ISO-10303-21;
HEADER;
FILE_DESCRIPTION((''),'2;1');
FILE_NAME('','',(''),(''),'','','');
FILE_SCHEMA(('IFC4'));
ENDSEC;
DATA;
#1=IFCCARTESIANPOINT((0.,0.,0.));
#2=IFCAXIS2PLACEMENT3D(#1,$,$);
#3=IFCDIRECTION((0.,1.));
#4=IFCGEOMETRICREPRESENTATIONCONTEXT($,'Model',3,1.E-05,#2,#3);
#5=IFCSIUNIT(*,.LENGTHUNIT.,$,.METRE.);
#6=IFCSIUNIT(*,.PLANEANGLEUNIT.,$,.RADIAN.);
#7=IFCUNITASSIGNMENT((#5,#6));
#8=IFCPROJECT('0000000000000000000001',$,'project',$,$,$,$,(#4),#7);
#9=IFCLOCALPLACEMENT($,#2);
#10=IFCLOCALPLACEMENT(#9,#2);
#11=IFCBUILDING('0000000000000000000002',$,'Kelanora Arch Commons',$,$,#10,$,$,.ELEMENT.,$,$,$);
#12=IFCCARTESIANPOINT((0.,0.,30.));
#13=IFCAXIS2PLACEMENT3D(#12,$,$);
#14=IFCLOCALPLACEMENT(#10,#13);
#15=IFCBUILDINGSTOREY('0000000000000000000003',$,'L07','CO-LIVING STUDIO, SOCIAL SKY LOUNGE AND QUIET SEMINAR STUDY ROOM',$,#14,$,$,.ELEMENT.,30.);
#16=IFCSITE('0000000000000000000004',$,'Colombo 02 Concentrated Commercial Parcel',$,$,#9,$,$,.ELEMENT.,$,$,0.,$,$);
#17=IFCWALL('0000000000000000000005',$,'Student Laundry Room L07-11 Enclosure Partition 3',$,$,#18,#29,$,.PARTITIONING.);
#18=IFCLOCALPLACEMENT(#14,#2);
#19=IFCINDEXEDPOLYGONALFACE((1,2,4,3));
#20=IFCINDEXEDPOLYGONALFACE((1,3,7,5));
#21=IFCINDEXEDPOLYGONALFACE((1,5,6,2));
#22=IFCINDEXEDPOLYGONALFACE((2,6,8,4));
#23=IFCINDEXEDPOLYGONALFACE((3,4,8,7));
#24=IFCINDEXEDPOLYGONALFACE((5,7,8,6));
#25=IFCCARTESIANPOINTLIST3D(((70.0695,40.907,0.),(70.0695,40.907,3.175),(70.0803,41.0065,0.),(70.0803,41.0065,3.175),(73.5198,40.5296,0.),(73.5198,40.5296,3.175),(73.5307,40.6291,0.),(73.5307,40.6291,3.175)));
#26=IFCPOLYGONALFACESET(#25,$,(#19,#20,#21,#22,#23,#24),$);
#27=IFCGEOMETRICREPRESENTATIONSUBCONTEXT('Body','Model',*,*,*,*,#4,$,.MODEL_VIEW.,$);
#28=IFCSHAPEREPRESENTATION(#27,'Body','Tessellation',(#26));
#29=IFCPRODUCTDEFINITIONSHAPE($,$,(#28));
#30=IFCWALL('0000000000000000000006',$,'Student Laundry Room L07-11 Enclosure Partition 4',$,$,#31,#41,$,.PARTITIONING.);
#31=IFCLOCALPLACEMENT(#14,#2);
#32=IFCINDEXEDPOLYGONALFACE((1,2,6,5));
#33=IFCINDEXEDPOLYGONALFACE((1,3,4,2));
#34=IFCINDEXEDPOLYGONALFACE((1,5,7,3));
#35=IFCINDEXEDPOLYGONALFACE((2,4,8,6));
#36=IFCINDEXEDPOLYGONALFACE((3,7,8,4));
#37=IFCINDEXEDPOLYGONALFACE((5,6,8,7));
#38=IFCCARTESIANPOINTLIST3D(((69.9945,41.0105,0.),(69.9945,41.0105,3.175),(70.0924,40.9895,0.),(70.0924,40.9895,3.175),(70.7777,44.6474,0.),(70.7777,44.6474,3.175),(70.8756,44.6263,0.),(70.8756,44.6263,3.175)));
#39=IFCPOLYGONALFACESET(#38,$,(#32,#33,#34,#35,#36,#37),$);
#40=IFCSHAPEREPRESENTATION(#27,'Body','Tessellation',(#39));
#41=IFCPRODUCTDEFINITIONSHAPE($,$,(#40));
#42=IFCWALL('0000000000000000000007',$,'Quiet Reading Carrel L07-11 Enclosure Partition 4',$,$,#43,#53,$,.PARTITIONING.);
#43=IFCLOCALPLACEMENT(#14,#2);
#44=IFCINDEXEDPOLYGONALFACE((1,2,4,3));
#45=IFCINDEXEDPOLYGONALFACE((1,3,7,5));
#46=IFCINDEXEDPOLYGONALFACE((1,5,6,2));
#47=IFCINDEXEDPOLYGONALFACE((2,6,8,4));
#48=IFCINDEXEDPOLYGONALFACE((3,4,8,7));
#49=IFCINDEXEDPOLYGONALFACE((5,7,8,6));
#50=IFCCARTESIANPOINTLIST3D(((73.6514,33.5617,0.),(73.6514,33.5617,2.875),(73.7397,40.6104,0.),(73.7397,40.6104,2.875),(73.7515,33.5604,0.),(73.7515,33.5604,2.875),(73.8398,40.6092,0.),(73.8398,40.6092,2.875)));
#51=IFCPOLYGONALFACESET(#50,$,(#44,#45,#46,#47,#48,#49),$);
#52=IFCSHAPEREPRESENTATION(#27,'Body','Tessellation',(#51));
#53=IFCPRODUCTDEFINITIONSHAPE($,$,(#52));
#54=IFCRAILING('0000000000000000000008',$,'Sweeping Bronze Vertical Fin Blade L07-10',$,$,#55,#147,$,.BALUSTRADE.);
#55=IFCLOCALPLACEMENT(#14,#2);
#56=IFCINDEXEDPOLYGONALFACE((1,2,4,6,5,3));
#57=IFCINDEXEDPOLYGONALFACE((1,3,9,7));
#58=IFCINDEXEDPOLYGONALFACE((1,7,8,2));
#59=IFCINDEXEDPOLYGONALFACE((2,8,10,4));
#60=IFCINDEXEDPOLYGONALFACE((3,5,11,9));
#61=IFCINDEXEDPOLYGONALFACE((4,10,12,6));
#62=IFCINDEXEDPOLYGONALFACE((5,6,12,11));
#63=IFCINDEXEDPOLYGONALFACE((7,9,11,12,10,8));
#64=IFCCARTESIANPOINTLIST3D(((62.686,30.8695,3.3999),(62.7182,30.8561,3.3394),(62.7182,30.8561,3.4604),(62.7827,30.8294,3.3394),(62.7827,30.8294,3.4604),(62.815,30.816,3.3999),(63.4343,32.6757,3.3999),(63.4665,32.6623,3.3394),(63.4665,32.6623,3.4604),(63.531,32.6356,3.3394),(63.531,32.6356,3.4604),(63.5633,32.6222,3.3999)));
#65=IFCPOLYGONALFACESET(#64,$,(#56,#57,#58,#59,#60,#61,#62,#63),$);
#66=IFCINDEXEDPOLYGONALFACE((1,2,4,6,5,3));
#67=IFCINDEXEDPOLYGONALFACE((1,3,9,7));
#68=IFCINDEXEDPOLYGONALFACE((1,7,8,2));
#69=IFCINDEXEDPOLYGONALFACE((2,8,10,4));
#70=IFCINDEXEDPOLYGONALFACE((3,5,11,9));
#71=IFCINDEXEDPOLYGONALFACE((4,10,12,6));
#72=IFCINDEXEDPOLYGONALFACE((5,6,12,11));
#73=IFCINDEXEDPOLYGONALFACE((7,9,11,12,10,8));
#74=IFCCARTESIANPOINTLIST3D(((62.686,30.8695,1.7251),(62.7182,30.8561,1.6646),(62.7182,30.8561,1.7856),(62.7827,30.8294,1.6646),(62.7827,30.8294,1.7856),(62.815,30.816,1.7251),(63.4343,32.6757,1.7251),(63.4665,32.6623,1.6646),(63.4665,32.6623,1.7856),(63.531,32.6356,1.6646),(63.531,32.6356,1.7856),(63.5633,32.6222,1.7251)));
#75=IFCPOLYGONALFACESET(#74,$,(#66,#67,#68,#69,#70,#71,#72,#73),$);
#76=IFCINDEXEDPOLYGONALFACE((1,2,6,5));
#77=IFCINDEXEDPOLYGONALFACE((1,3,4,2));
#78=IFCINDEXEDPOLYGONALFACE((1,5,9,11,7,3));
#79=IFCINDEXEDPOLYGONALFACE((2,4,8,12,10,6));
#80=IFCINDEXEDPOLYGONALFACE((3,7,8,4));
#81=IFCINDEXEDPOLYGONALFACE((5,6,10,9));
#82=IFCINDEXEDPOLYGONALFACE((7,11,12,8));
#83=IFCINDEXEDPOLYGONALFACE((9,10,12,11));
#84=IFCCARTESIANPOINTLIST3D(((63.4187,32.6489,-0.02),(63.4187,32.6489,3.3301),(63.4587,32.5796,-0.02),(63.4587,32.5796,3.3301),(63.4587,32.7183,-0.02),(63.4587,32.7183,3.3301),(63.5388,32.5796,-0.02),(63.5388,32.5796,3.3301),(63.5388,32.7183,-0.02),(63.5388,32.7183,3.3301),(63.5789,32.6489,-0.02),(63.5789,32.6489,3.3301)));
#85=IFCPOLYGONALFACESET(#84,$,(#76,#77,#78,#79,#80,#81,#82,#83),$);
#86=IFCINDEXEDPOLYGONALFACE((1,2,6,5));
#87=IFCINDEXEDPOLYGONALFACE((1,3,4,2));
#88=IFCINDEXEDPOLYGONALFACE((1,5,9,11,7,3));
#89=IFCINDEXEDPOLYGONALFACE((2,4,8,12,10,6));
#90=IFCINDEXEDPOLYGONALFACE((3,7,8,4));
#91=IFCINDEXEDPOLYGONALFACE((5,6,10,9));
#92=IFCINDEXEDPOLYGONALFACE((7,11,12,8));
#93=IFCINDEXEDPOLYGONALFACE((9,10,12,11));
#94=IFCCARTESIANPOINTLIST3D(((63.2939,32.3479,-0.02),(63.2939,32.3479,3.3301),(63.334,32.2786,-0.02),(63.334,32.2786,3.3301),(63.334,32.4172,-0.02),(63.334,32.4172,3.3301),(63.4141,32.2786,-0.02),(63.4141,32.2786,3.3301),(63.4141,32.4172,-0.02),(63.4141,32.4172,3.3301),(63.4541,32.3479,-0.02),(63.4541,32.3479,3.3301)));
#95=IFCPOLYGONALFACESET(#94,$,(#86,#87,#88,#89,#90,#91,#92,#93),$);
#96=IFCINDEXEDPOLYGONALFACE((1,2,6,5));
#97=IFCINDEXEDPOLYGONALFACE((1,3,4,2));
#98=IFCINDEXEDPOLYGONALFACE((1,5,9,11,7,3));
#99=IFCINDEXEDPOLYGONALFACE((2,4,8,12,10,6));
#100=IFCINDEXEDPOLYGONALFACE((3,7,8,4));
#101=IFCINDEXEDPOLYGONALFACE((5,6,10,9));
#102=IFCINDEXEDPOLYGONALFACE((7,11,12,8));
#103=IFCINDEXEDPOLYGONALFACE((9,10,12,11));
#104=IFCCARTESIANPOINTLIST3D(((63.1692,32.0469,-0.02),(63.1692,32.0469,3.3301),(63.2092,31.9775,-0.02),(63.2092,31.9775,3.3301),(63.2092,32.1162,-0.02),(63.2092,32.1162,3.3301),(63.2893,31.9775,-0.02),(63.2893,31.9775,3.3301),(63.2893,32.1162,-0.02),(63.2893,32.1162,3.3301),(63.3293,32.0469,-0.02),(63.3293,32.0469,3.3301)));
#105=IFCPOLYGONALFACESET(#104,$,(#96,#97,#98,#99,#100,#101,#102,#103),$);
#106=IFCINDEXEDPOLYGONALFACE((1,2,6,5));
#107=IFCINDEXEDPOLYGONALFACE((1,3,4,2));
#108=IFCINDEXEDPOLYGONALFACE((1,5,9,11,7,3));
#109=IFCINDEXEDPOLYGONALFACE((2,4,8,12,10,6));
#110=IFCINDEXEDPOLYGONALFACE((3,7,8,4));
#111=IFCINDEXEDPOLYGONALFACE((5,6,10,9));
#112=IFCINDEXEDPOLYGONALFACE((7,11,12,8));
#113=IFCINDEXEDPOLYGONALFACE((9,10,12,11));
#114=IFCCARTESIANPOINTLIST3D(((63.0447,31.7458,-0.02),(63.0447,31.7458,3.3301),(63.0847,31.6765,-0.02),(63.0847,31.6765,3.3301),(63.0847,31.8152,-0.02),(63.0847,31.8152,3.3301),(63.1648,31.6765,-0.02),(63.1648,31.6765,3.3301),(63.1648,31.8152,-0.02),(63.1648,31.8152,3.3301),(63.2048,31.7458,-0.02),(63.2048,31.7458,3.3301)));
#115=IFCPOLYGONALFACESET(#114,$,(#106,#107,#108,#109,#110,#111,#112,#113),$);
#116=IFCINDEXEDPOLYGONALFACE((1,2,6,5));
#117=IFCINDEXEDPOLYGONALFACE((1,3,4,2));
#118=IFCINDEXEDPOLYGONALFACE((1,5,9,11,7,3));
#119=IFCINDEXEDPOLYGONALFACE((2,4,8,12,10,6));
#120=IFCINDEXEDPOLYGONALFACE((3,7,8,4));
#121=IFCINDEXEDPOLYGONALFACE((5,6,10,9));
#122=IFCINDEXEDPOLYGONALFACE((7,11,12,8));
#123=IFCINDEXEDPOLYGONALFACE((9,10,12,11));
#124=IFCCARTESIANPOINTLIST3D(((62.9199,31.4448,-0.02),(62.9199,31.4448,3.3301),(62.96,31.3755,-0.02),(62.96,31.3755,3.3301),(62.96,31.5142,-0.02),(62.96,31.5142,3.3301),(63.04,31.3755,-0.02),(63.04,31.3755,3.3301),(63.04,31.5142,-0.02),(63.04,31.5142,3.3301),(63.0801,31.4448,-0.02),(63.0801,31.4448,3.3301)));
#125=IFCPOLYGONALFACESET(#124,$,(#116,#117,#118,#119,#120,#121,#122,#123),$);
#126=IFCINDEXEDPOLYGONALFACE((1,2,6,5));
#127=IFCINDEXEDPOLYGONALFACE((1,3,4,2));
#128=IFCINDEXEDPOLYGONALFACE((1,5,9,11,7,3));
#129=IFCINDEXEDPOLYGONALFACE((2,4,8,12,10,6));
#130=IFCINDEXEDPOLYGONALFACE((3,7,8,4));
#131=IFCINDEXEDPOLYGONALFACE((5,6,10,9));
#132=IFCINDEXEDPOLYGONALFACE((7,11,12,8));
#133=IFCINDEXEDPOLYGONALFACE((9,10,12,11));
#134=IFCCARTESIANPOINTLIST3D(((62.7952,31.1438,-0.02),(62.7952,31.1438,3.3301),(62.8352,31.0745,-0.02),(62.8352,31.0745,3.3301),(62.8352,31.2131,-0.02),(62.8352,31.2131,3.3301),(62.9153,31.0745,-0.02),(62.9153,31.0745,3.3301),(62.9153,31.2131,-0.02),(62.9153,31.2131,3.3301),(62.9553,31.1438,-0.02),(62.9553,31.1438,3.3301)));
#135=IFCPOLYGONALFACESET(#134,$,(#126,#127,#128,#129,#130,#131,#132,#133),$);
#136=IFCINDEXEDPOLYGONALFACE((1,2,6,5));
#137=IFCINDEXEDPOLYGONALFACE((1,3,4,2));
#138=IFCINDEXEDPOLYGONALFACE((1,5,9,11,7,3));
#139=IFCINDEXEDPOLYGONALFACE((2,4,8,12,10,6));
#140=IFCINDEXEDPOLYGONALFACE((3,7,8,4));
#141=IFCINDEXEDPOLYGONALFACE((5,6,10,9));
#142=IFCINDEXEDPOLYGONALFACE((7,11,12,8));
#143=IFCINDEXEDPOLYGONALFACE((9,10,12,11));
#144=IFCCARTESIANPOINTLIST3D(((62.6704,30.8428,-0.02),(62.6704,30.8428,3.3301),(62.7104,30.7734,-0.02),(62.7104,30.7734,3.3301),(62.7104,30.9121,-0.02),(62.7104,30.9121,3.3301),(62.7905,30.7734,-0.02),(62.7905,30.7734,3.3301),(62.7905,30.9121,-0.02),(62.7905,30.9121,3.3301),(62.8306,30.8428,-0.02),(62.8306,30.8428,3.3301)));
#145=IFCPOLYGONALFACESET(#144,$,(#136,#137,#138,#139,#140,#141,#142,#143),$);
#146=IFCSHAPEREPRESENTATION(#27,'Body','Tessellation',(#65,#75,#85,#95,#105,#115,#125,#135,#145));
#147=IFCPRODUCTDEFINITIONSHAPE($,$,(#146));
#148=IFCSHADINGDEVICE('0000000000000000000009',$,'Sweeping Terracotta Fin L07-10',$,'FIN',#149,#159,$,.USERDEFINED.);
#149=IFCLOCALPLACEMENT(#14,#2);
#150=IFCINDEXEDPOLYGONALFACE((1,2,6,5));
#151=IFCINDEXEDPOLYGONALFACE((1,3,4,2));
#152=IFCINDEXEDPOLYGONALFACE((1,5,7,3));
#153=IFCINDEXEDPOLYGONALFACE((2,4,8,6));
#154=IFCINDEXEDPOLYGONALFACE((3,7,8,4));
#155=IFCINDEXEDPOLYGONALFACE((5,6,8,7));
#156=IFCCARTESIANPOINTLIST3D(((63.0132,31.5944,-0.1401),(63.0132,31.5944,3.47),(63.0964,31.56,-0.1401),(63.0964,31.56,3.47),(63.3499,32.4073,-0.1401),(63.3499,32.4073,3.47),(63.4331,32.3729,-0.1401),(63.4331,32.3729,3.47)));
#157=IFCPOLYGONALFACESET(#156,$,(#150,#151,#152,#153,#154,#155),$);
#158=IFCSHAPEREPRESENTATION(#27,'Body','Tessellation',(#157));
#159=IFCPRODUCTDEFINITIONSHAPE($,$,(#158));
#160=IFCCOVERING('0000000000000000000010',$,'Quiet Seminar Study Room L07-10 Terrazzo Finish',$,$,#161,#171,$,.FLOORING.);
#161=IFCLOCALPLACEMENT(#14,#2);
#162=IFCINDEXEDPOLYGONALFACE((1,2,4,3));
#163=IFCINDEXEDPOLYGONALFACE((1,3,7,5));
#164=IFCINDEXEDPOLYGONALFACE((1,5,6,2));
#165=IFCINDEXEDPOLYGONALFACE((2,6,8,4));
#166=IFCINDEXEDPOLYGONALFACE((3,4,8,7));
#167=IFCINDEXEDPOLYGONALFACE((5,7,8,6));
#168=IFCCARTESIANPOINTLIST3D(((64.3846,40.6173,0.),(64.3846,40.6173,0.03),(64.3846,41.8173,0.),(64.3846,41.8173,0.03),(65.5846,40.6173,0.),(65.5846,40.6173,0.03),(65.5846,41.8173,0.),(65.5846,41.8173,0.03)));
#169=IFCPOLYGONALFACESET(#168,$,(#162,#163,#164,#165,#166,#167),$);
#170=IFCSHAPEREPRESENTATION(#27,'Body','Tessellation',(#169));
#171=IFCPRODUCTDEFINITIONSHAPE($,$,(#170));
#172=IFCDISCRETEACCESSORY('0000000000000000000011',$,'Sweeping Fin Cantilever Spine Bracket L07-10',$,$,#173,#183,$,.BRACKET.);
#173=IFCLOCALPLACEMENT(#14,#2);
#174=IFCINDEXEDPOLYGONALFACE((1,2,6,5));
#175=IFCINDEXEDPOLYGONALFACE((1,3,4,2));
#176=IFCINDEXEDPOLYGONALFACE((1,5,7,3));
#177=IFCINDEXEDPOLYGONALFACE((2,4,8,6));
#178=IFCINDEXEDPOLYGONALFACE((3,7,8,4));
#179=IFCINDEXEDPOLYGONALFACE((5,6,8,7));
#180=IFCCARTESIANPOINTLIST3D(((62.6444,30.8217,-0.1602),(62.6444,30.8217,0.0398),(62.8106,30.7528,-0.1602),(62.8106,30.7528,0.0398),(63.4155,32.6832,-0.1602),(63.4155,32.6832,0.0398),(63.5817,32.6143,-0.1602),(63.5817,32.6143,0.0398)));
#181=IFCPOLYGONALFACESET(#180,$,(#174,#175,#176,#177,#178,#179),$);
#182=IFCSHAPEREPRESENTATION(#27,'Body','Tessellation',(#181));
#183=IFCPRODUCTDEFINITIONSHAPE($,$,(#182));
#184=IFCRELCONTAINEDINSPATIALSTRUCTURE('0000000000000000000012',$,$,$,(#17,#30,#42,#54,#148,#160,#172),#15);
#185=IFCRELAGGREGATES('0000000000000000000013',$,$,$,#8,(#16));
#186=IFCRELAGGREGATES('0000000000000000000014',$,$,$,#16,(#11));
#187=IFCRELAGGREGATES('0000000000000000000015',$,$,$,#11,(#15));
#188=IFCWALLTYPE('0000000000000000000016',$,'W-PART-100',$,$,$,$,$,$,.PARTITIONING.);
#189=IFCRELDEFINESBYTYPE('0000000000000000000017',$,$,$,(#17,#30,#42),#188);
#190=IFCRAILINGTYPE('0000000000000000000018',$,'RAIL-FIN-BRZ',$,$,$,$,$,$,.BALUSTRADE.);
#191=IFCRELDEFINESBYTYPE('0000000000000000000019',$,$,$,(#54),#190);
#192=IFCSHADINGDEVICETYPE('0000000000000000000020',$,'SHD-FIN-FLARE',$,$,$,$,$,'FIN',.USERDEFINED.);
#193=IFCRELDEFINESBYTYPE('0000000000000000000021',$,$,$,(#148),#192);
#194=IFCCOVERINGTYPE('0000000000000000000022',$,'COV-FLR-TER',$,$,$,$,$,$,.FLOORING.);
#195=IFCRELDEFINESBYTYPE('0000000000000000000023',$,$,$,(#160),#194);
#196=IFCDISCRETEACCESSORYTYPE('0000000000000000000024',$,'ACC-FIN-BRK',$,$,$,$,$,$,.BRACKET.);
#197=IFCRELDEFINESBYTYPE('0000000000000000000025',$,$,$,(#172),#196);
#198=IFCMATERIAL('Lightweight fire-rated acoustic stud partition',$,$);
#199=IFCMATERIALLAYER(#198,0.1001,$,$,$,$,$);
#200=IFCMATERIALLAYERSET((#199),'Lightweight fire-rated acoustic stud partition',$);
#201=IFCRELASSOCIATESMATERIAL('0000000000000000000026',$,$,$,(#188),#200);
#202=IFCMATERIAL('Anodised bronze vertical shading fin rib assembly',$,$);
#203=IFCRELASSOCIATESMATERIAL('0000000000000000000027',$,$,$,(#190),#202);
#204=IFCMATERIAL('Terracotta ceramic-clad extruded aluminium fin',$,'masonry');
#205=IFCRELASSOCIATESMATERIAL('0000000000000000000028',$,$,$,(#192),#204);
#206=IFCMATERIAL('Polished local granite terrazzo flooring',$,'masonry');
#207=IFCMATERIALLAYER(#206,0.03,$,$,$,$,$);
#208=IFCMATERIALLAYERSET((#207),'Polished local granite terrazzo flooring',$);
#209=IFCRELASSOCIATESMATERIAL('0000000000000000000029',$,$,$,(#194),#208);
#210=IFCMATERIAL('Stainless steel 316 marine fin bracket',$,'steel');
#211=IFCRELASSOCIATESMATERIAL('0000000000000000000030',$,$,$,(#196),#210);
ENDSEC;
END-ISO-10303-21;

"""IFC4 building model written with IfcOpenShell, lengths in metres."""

from ifc_helpers import new_model, si_unit, direction, frame, frame_2d, origin, origin_2d, place, context, subcontext, project, spatial, polyline, rectangle, outline, extrude, source, transform, mapped, material, layer, layer_set, type_object, element, save


model = new_model("IFC4")

# Units and contexts
model_context = context("Model", 3, precision=1e-05, world=origin(), true_north=direction((0.0, 1.0)))
body_context = subcontext(model_context, "Body", "Model", "MODEL_VIEW")
ifc_project = project(units=[si_unit("LENGTHUNIT", "METRE"), si_unit("PLANEANGLEUNIT", "RADIAN")], contexts=[model_context])

# Site, building, storey
site_placement = place(None, origin())
site = spatial("IfcSite", under=ifc_project, at=site_placement, Name="Colombo 02 Concentrated Commercial Parcel", CompositionType="ELEMENT", RefElevation=0.0)
building_placement = place(site_placement, origin())
building = spatial("IfcBuilding", under=site, at=building_placement, Name="Kelanora Arch Commons", CompositionType="ELEMENT")
storey_placement = place(building_placement, frame((0.0, 0.0, 30.0)))
storey = spatial("IfcBuildingStorey", under=building, at=storey_placement, Name="L07", Description="CO-LIVING STUDIO, SOCIAL SKY LOUNGE AND QUIET SEMINAR STUDY ROOM", CompositionType="ELEMENT", Elevation=30.0)

# Walls
ifc_material_1 = material(Name="Lightweight fire-rated acoustic stud partition")
ifc_layer_1 = layer(ifc_material_1, 0.1001)
ifc_layer_set_1 = layer_set([ifc_layer_1], Name="Lightweight fire-rated acoustic stud partition")
wall_type_1 = type_object("IfcWallType", Name="W-PART-100", PredefinedType="PARTITIONING", material=ifc_layer_set_1)
wall_1_placement = place(storey_placement, frame((73.5251, 40.5793, 0.0), z_axis=(0.0, 0.0, 1.0), x_axis=(-0.99407, 0.108741, 0.0)))
element("IfcWall", 1, at=wall_1_placement, inside=storey, type_object=wall_type_1, Name="Student Laundry Room L07-11 Enclosure Partition 3", PredefinedType="PARTITIONING", context=body_context, shape_type="SweptSolid", body=[
    extrude(rectangle(XDim=3.4709, YDim=0.1001, at=frame_2d((1.7354, 0.0))), origin(), (0.0, 0.0, 1.0), 3.175),
])
wall_2_placement = place(storey_placement, frame((70.0435, 41.0, 0.0), z_axis=(0.0, 0.0, 1.0), x_axis=(0.210519, 0.97759, 0.0)))
element("IfcWall", 2, at=wall_2_placement, inside=storey, type_object=wall_type_1, Name="Student Laundry Room L07-11 Enclosure Partition 4", PredefinedType="PARTITIONING", context=body_context, shape_type="SweptSolid", body=[
    extrude(rectangle(XDim=3.7202, YDim=0.1001, at=frame_2d((1.8601, 0.0))), origin(), (0.0, 0.0, 1.0), 3.175),
])
wall_3_placement = place(storey_placement, frame((73.7014, 33.561, 0.0), z_axis=(0.0, 0.0, 1.0), x_axis=(0.012537, 0.999921, 0.0)))
element("IfcWall", 3, at=wall_3_placement, inside=storey, type_object=wall_type_1, Name="Quiet Reading Carrel L07-11 Enclosure Partition 4", PredefinedType="PARTITIONING", context=body_context, shape_type="SweptSolid", body=[
    extrude(rectangle(XDim=7.0493, YDim=0.1001, at=frame_2d((3.5247, 0.0))), origin(), (0.0, 0.0, 1.0), 2.875),
])

# Railing
ifc_material_2 = material(Name="Anodised bronze vertical shading fin rib assembly")
railing_type = type_object("IfcRailingType", Name="RAIL-FIN-BRZ", PredefinedType="BALUSTRADE", material=ifc_material_2)
railing_placement = place(storey_placement, frame((63.4988, 32.6489, -0.02)))
element("IfcRailing", 4, at=railing_placement, inside=storey, type_object=railing_type, Name="Sweeping Bronze Vertical Fin Blade L07-10", PredefinedType="BALUSTRADE", context=body_context, shape_type="SweptSolid", body=[
    extrude(outline(polyline([(0.0698, 0.0), (0.0349, 0.0605), (-0.0349, 0.0605), (-0.0698, 0.0), (-0.0349, -0.0605), (0.0349, -0.0605), (0.0698, 0.0)])), frame((0.0, 0.0, 3.4199), z_axis=(-0.382753, -0.923851, 0.0), x_axis=(0.923851, -0.382753, 0.0)), (0.0, 0.0, 1.0), 1.9551),
    extrude(outline(polyline([(0.0698, 0.0), (0.0349, 0.0605), (-0.0349, 0.0605), (-0.0698, 0.0), (-0.0349, -0.0605), (0.0349, -0.0605), (0.0698, 0.0)])), frame((0.0, 0.0, 1.7451), z_axis=(-0.382753, -0.923851, 0.0), x_axis=(0.923851, -0.382753, 0.0)), (0.0, 0.0, 1.0), 1.9551),
    extrude(outline(polyline([(0.0801, 0.0), (0.04, 0.0693), (-0.04, 0.0693), (-0.0801, 0.0), (-0.04, -0.0693), (0.04, -0.0693), (0.0801, 0.0)])), origin(), (0.0, 0.0, 1.0), 3.3501),
    extrude(outline(polyline([(0.0801, 0.0), (0.04, 0.0693), (-0.04, 0.0693), (-0.0801, 0.0), (-0.04, -0.0693), (0.04, -0.0693), (0.0801, 0.0)])), frame((-0.1248, -0.301, 0.0)), (0.0, 0.0, 1.0), 3.3501),
    extrude(outline(polyline([(0.0801, 0.0), (0.04, 0.0693), (-0.04, 0.0693), (-0.0801, 0.0), (-0.04, -0.0693), (0.04, -0.0693), (0.0801, 0.0)])), frame((-0.2495, -0.6021, 0.0)), (0.0, 0.0, 1.0), 3.3501),
    extrude(outline(polyline([(0.0801, 0.0), (0.04, 0.0693), (-0.04, 0.0693), (-0.0801, 0.0), (-0.04, -0.0693), (0.04, -0.0693), (0.0801, 0.0)])), frame((-0.374, -0.9031, 0.0)), (0.0, 0.0, 1.0), 3.3501),
    extrude(outline(polyline([(0.0801, 0.0), (0.04, 0.0693), (-0.04, 0.0693), (-0.0801, 0.0), (-0.04, -0.0693), (0.04, -0.0693), (0.0801, 0.0)])), frame((-0.4988, -1.2041, 0.0)), (0.0, 0.0, 1.0), 3.3501),
    extrude(outline(polyline([(0.0801, 0.0), (0.04, 0.0693), (-0.04, 0.0693), (-0.0801, 0.0), (-0.04, -0.0693), (0.04, -0.0693), (0.0801, 0.0)])), frame((-0.6235, -1.5051, 0.0)), (0.0, 0.0, 1.0), 3.3501),
    extrude(outline(polyline([(0.0801, 0.0), (0.04, 0.0693), (-0.04, 0.0693), (-0.0801, 0.0), (-0.04, -0.0693), (0.04, -0.0693), (0.0801, 0.0)])), frame((-0.7483, -1.8062, 0.0)), (0.0, 0.0, 1.0), 3.3501),
])

# Shading device
ifc_material_3 = material(Name="Terracotta ceramic-clad extruded aluminium fin", Category="masonry")
shading_device_type = type_object("IfcShadingDeviceType", Name="SHD-FIN-FLARE", ElementType="FIN", PredefinedType="USERDEFINED", material=ifc_material_3)
shared_shape_1 = source(origin(), body_context, "Body", "SweptSolid", [
    extrude(rectangle(XDim=0.8799, YDim=0.0901, at=origin_2d()), origin(), (0.0, 0.0, 1.0), 3.6101),
])
shading_device_placement = place(storey_placement, frame((63.2231, 31.9836, -0.1401), z_axis=(0.0, 0.0, 1.0), x_axis=(-0.382683, -0.92388, 0.0)))
element("IfcShadingDevice", 5, at=shading_device_placement, inside=storey, type_object=shading_device_type, Name="Sweeping Terracotta Fin L07-10", ObjectType="FIN", PredefinedType="USERDEFINED", context=body_context, shape_type="MappedRepresentation", body=[
    mapped(shared_shape_1, transform((0.0, 0.0, 0.0), scale=1.0)),
])

# Covering
ifc_material_4 = material(Name="Polished local granite terrazzo flooring", Category="masonry")
ifc_layer_2 = layer(ifc_material_4, 0.03)
ifc_layer_set_2 = layer_set([ifc_layer_2], Name="Polished local granite terrazzo flooring")
covering_type = type_object("IfcCoveringType", Name="COV-FLR-TER", PredefinedType="FLOORING", material=ifc_layer_set_2)
shared_shape_2 = source(origin(), body_context, "Body", "SweptSolid", [
    extrude(rectangle(XDim=1.2, YDim=1.2, at=origin_2d()), origin(), (0.0, 0.0, 1.0), 0.03),
])
covering_placement = place(storey_placement, frame((64.9846, 41.2173, 0.0), z_axis=(0.0, 0.0, 1.0), x_axis=(1.0, 0.0, 0.0)))
element("IfcCovering", 6, at=covering_placement, inside=storey, type_object=covering_type, Name="Quiet Seminar Study Room L07-10 Terrazzo Finish", PredefinedType="FLOORING", context=body_context, shape_type="MappedRepresentation", body=[
    mapped(shared_shape_2, transform((0.0, 0.0, 0.0), scale=1.0)),
])

# Discrete accessory
ifc_material_5 = material(Name="Stainless steel 316 marine fin bracket", Category="steel")
discrete_accessory_type = type_object("IfcDiscreteAccessoryType", Name="ACC-FIN-BRK", PredefinedType="BRACKET", material=ifc_material_5)
shared_shape_3 = source(origin(), body_context, "Body", "SweptSolid", [
    extrude(rectangle(XDim=2.0149, YDim=0.1799, at=origin_2d()), origin(), (0.0, 0.0, 1.0), 0.2),
])
discrete_accessory_placement = place(storey_placement, frame((63.113, 31.718, -0.1602), z_axis=(0.0, 0.0, 1.0), x_axis=(-0.382683, -0.92388, 0.0)))
element("IfcDiscreteAccessory", 7, at=discrete_accessory_placement, inside=storey, type_object=discrete_accessory_type, Name="Sweeping Fin Cantilever Spine Bracket L07-10", PredefinedType="BRACKET", context=body_context, shape_type="MappedRepresentation", body=[
    mapped(shared_shape_3, transform((0.0, 0.0, 0.0), scale=1.0)),
])

save(model, "model.ifc")
